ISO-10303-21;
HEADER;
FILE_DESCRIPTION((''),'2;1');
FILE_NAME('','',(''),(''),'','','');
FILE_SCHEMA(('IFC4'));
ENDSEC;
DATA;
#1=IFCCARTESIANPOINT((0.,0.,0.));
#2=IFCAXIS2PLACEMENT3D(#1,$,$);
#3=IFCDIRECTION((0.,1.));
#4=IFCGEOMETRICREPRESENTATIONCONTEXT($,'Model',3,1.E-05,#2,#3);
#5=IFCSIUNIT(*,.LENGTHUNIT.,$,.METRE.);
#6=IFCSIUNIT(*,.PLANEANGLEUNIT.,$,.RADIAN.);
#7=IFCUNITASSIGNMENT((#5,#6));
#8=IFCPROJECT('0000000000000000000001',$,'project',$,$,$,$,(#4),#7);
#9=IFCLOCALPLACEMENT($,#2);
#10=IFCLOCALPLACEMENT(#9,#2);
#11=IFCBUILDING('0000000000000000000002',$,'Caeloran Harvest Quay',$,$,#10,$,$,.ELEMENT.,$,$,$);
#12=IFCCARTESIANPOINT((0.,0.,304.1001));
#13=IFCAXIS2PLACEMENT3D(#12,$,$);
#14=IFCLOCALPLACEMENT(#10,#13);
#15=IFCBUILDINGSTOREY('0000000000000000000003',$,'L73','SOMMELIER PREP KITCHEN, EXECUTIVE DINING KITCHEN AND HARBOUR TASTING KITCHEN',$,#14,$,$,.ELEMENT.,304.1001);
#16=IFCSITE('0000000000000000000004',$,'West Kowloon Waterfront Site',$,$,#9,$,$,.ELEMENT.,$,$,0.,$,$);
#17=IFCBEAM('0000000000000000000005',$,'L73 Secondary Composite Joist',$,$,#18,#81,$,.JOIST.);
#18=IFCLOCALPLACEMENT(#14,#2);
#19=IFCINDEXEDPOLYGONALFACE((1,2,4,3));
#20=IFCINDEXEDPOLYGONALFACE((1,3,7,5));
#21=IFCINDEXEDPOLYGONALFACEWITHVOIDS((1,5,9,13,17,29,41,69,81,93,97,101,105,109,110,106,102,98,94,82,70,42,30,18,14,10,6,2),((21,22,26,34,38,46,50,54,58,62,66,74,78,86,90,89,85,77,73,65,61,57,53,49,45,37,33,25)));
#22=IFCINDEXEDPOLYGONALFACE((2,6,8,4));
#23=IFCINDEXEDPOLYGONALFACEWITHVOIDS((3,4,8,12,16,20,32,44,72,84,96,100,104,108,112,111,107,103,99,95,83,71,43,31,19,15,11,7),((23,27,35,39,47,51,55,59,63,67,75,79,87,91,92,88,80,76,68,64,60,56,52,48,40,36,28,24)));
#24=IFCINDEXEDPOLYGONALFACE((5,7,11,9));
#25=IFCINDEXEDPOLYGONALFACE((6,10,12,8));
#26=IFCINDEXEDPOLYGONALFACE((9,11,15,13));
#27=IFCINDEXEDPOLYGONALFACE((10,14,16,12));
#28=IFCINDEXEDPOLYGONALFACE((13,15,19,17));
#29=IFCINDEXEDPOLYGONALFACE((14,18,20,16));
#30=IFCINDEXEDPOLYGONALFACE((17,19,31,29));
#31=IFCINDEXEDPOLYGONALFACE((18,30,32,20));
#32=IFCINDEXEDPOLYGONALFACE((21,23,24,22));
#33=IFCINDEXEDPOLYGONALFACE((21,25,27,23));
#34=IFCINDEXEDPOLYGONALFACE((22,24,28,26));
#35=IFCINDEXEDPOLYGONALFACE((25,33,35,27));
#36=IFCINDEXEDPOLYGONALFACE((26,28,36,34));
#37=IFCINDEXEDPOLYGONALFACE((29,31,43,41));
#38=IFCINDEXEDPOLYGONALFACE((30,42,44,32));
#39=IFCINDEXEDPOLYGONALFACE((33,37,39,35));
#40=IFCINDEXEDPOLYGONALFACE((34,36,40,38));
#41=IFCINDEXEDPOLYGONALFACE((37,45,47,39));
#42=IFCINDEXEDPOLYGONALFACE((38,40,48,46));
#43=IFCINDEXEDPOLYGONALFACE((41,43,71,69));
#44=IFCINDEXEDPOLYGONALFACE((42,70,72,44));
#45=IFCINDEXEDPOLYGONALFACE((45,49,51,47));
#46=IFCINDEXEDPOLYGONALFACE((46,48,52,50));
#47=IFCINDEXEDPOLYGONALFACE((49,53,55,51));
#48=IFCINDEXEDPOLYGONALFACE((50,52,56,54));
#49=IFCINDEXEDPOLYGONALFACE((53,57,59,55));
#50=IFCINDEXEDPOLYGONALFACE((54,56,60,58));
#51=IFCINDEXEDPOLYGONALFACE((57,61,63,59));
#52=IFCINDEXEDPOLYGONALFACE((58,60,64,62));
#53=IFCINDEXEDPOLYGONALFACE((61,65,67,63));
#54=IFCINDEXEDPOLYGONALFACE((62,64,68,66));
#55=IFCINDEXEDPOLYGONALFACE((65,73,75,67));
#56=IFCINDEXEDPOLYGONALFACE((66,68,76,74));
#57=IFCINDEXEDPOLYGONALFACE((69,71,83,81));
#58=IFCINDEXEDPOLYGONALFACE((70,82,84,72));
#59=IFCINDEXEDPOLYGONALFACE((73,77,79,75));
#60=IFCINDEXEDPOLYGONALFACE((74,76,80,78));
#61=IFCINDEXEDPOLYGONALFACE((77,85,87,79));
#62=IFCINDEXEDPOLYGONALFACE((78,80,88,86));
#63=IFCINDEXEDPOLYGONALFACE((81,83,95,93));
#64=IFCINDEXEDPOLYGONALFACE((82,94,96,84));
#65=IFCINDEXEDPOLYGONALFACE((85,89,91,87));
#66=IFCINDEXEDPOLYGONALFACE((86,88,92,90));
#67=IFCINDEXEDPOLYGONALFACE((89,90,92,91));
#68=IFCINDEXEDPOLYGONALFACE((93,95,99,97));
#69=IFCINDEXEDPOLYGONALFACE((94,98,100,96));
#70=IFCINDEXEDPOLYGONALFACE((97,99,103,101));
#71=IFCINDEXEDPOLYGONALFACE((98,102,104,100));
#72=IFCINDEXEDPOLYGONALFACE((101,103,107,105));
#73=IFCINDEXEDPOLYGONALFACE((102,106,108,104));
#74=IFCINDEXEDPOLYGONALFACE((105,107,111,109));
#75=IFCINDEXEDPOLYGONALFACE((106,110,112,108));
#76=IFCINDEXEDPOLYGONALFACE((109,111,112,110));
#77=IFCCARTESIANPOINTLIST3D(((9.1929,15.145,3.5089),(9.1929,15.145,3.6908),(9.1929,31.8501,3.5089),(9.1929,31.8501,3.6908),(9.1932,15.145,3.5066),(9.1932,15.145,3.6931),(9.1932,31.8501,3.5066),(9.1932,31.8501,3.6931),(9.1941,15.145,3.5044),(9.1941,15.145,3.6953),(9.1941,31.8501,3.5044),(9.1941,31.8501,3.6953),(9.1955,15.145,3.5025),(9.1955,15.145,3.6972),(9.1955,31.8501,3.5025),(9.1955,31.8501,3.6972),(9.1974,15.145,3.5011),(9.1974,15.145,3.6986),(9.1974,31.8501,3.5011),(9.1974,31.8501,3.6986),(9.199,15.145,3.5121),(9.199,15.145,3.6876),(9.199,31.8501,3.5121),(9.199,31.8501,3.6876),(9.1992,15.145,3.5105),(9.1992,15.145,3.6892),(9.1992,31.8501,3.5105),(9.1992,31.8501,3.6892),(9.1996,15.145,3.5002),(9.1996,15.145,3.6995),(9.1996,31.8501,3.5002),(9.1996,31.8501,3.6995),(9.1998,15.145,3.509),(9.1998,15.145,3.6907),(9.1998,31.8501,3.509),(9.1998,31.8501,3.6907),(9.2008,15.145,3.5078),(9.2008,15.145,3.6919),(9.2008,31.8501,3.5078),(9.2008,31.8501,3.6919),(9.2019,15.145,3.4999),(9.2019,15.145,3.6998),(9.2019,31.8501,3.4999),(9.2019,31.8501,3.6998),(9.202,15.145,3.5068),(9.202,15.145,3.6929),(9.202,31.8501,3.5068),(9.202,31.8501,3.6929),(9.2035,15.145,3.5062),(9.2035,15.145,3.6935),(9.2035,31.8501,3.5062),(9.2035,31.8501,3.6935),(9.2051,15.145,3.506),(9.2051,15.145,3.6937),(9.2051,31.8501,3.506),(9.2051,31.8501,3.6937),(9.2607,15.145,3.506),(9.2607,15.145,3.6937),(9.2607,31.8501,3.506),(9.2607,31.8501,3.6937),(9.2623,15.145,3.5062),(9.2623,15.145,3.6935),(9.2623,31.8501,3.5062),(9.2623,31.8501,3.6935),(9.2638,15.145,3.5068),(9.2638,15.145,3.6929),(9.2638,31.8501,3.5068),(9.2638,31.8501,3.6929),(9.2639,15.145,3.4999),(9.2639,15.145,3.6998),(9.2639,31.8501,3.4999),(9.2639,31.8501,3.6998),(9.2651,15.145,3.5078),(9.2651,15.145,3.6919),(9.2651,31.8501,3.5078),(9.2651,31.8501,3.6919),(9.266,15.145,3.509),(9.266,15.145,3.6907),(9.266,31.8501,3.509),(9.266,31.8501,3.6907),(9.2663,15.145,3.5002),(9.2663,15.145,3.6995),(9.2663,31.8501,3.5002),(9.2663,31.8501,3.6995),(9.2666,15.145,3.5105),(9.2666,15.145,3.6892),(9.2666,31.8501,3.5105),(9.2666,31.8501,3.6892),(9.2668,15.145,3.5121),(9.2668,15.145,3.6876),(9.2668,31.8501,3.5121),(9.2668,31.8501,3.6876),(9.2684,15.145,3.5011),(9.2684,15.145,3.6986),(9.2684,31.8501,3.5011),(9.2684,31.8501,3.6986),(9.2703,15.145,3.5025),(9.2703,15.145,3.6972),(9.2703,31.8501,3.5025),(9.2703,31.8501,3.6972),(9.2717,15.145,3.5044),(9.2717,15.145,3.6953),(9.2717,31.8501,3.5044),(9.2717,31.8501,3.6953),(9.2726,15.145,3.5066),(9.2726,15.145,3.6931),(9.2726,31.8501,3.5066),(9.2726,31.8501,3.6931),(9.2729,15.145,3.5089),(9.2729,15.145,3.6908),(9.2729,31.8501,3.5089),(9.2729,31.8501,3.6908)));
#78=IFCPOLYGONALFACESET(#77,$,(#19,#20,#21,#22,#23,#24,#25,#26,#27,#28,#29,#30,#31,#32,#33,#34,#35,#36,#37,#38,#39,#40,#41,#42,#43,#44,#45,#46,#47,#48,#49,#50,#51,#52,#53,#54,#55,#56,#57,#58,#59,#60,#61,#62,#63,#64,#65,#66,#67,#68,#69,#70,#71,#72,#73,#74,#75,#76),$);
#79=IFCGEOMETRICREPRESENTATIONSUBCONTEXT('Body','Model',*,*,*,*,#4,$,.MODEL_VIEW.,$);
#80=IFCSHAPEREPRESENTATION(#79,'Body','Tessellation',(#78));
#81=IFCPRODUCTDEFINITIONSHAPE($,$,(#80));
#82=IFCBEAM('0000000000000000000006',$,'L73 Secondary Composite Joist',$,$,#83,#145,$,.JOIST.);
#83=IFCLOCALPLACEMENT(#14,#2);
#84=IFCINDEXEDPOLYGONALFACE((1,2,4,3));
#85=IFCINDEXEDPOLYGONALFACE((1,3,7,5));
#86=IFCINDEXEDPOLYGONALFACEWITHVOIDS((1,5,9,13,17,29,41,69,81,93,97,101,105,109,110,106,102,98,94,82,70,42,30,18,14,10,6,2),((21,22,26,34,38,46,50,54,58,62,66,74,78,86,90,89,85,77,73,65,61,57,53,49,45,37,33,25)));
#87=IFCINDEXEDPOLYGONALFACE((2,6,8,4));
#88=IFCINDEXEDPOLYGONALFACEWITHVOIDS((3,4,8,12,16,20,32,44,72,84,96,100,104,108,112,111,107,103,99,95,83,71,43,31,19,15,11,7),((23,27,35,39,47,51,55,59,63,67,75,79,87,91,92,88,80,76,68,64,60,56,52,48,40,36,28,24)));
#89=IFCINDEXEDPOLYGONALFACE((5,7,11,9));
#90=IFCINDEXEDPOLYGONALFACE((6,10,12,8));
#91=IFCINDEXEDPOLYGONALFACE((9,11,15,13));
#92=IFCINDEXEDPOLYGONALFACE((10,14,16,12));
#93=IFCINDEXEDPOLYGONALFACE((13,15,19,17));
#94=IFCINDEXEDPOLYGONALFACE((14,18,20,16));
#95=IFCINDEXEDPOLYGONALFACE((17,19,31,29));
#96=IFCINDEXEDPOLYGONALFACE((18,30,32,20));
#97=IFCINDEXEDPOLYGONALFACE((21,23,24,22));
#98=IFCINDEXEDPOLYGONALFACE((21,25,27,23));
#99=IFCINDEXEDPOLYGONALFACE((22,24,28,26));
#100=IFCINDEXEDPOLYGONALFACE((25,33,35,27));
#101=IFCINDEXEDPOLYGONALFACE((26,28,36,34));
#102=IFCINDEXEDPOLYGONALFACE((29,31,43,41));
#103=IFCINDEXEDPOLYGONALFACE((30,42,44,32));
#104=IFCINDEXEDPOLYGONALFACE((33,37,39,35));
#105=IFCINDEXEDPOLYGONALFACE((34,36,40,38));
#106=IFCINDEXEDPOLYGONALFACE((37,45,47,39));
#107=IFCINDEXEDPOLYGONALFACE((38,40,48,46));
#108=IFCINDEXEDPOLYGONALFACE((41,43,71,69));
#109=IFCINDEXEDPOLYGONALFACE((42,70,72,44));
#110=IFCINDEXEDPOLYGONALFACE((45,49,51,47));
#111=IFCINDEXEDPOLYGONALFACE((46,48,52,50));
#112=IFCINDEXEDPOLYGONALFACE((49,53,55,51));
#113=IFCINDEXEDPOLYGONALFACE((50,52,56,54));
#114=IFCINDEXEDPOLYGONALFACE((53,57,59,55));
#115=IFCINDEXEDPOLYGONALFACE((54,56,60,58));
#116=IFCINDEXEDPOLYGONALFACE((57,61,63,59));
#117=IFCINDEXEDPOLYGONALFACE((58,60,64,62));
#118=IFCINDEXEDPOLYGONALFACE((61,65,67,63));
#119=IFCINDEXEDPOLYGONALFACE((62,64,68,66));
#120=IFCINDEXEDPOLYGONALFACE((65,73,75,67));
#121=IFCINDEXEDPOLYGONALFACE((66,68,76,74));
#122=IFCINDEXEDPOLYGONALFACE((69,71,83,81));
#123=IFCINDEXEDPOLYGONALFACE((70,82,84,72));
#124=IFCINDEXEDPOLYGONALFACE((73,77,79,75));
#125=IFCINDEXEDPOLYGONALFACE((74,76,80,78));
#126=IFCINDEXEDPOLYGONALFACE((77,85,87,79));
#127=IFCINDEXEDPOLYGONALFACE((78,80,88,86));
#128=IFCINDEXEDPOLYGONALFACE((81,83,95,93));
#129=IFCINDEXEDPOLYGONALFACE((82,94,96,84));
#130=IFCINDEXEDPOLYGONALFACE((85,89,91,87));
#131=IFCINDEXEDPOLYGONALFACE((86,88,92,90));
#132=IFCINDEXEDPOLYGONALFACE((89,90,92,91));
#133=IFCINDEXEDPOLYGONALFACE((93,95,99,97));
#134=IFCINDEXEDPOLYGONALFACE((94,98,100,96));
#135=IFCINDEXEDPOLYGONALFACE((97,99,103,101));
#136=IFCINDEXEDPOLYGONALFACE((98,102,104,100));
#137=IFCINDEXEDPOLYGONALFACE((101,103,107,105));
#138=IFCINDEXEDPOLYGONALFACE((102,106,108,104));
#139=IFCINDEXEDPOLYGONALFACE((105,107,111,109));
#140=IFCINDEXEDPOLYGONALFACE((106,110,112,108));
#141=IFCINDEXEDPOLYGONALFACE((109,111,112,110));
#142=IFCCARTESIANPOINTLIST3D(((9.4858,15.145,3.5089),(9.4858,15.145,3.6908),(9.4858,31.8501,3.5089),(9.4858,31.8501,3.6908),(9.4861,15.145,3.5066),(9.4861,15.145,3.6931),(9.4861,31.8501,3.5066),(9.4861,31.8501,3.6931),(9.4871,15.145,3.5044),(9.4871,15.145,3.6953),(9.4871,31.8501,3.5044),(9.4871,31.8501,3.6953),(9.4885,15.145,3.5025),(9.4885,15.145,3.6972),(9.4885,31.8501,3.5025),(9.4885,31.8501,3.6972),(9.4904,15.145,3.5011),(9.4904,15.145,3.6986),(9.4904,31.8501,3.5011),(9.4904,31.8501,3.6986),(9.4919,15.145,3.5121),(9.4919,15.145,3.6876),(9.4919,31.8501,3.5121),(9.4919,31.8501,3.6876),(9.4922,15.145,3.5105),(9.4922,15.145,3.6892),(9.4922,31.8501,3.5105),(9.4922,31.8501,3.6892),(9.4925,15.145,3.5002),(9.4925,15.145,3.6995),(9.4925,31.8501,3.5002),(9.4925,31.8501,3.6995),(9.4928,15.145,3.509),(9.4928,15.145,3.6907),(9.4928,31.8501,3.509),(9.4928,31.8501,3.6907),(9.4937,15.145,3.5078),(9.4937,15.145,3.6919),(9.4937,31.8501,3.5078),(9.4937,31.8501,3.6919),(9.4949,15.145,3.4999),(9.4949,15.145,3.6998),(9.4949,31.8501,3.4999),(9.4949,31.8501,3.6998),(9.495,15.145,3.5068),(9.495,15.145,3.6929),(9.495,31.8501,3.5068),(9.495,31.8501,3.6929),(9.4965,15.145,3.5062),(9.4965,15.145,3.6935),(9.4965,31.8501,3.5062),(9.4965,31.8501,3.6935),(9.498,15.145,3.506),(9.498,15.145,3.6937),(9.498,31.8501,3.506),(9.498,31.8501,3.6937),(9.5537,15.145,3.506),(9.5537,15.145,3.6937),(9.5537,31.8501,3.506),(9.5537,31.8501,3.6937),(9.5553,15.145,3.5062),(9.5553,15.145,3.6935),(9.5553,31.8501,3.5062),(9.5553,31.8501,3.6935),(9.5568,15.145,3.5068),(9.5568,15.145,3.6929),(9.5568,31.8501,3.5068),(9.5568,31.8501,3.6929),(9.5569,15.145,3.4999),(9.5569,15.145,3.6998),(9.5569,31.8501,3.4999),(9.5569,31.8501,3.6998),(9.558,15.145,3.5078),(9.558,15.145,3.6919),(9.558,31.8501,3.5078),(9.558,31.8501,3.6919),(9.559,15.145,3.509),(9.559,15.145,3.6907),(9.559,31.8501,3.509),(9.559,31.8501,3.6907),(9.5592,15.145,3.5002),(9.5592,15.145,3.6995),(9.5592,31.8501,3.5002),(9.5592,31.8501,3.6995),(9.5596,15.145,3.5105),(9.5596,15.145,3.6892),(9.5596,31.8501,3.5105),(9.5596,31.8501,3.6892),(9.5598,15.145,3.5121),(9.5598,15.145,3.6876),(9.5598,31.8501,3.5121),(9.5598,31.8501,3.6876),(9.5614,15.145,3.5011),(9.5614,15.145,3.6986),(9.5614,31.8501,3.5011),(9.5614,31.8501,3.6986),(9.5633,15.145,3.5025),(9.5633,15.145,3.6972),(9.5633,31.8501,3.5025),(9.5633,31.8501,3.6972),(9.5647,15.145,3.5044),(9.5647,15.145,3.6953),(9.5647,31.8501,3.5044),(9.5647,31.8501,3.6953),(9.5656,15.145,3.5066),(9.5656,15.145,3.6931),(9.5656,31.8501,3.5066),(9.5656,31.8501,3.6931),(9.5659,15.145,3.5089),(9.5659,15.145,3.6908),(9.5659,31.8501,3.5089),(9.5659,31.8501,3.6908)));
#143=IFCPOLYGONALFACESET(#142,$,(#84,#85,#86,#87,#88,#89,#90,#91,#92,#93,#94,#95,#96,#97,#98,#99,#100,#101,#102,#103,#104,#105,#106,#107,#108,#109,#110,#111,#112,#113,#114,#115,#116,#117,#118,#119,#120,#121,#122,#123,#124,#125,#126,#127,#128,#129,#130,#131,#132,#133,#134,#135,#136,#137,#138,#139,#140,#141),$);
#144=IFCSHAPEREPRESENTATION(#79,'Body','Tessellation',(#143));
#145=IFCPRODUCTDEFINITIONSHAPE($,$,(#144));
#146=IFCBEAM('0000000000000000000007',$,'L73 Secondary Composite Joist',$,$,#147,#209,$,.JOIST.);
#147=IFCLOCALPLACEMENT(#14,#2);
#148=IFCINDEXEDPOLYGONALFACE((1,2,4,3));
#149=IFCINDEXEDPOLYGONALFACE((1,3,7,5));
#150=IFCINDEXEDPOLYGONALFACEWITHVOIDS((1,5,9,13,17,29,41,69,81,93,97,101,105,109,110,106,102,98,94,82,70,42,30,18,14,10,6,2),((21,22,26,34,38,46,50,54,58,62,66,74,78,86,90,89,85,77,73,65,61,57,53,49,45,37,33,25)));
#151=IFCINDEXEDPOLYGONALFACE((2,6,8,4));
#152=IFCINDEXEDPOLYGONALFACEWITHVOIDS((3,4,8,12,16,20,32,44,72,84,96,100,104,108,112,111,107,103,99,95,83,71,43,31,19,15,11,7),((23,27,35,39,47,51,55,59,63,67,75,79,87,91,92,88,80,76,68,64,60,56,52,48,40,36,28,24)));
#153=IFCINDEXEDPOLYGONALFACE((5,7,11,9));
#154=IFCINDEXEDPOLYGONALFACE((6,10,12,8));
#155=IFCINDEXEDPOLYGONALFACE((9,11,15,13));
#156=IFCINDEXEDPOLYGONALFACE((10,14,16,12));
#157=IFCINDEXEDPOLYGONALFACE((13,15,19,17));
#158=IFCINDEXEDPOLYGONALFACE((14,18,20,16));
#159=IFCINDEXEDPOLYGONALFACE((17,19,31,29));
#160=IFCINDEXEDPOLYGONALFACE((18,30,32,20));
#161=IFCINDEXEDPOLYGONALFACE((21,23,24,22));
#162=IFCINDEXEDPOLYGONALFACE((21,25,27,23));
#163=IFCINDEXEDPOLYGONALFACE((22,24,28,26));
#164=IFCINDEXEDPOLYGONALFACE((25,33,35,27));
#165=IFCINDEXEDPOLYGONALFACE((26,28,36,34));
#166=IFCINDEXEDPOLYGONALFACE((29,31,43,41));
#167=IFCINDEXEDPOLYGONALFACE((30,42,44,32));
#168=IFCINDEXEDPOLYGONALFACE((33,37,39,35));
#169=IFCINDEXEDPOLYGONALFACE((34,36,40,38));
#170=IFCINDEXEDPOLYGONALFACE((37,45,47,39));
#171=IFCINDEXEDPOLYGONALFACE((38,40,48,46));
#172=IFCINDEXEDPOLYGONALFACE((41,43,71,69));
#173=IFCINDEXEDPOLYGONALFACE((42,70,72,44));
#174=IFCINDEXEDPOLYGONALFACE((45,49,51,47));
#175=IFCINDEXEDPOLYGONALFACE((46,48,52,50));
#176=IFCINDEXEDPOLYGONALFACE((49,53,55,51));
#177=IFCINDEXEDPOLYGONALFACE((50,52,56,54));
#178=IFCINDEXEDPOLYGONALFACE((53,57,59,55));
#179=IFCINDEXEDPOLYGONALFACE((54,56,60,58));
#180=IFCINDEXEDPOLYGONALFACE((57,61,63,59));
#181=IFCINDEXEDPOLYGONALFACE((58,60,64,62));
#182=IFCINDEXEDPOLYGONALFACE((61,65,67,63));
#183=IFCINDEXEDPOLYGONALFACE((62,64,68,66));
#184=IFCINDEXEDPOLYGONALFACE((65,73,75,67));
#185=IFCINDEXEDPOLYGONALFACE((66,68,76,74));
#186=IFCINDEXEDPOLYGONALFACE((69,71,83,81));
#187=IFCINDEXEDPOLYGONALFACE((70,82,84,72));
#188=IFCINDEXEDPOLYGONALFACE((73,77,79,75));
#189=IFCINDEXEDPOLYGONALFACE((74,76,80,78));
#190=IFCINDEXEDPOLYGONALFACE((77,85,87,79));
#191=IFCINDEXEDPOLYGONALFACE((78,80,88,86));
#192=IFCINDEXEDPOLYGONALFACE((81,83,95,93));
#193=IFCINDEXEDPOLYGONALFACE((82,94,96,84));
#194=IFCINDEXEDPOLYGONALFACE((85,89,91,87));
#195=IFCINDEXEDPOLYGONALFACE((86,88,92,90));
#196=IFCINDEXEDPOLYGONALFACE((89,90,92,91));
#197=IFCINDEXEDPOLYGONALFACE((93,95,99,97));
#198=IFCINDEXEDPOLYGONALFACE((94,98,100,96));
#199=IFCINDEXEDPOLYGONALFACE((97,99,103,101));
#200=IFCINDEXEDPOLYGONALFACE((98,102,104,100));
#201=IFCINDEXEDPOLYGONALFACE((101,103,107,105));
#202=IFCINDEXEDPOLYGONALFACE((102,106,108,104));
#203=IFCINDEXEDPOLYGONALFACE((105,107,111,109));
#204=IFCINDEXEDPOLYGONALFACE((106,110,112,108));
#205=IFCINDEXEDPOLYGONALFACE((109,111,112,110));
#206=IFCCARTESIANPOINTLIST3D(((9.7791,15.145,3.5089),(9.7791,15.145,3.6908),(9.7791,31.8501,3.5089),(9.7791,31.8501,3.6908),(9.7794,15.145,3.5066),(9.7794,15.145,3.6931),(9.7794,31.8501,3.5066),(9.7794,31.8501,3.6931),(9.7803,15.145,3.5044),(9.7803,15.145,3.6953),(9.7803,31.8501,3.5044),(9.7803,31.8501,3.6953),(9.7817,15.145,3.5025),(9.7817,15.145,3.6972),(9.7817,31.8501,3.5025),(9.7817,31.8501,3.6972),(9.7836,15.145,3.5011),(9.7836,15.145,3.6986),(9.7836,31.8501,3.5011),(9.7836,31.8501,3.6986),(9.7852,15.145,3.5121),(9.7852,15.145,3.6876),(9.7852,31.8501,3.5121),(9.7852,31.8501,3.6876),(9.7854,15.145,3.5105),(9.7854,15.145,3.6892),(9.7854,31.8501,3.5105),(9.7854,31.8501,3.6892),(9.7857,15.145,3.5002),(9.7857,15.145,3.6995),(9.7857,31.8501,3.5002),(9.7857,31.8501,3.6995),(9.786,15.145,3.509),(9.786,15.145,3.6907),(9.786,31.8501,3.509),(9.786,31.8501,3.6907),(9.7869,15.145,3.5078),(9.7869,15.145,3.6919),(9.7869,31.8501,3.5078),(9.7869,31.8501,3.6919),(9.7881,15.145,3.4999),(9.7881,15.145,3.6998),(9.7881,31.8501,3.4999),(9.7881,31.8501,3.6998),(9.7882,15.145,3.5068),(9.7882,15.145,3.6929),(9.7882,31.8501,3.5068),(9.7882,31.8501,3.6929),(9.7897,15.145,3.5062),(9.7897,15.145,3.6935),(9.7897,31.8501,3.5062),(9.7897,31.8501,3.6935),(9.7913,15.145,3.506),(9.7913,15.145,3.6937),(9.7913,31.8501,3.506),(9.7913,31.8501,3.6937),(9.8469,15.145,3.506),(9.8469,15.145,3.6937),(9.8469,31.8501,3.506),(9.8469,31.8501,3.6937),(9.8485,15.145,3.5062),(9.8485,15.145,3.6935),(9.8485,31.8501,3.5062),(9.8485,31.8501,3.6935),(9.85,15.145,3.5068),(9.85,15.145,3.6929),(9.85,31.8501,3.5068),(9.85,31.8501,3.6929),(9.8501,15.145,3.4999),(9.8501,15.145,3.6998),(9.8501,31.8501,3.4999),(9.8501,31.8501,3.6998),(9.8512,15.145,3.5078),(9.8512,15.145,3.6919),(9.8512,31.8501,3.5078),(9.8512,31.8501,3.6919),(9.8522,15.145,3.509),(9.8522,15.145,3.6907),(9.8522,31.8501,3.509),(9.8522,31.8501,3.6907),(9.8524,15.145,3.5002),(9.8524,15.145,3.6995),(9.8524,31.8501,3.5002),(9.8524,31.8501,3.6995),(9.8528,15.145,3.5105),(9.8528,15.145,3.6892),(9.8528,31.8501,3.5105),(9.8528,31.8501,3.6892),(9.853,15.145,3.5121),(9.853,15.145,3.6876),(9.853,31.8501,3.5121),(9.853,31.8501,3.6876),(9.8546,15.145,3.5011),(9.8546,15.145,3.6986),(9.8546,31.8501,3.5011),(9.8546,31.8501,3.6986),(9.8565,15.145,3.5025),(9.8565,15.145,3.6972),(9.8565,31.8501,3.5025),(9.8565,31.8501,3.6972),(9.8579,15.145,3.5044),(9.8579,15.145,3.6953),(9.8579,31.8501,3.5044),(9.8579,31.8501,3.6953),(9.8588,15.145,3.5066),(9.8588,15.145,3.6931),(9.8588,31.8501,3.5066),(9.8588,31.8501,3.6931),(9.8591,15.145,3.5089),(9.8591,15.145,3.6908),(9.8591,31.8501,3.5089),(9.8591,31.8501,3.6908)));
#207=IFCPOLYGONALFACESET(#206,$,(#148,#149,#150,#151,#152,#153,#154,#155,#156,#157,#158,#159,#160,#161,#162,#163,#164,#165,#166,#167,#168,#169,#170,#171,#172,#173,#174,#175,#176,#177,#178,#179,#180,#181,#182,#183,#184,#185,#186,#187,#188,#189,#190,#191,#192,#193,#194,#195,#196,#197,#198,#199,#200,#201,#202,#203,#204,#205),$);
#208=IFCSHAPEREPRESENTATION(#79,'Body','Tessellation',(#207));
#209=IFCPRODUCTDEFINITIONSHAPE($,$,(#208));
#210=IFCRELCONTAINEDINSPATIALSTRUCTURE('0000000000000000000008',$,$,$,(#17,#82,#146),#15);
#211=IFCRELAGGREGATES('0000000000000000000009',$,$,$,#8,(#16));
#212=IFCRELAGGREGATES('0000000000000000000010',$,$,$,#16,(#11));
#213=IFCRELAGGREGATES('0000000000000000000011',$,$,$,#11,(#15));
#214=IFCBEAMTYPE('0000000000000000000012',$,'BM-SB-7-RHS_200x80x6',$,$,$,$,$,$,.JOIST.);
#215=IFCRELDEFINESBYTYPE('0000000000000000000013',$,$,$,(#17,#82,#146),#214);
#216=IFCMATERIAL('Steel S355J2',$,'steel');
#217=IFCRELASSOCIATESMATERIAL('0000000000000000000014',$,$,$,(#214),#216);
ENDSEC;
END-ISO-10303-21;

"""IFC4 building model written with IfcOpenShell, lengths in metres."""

from ifc_helpers import new_model, si_unit, direction, frame, origin, origin_2d, place, context, subcontext, project, spatial, hollow_rectangle, extrude, material, material_profile, profile_set, type_object, element, save


model = new_model("IFC4")

# Units and contexts
model_context = context("Model", 3, precision=1e-05, world=origin(), true_north=direction((0.0, 1.0)))
body_context = subcontext(model_context, "Body", "Model", "MODEL_VIEW")
ifc_project = project(units=[si_unit("LENGTHUNIT", "METRE"), si_unit("PLANEANGLEUNIT", "RADIAN")], contexts=[model_context])

# Site, building, storey
site_placement = place(None, origin())
site = spatial("IfcSite", under=ifc_project, at=site_placement, Name="West Kowloon Waterfront Site", CompositionType="ELEMENT", RefElevation=0.0)
building_placement = place(site_placement, origin())
building = spatial("IfcBuilding", under=site, at=building_placement, Name="Caeloran Harvest Quay", CompositionType="ELEMENT")
storey_placement = place(building_placement, frame((0.0, 0.0, 304.1001)))
storey = spatial("IfcBuildingStorey", under=building, at=storey_placement, Name="L73", Description="SOMMELIER PREP KITCHEN, EXECUTIVE DINING KITCHEN AND HARBOUR TASTING KITCHEN", CompositionType="ELEMENT", Elevation=304.1001)

# Beams
ifc_material_1 = material(Name="Steel S355J2", Category="steel")
ifc_material_profile_1 = material_profile(ifc_material_1, hollow_rectangle(XDim=0.0801, YDim=0.2, WallThickness=0.0061, InnerFilletRadius=0.0061, OuterFilletRadius=0.009, at=origin_2d()), Name="RHS 200x80x6")
ifc_profile_set_1 = profile_set([ifc_material_profile_1], Name="Steel S355J2")
beam_type_1 = type_object("IfcBeamType", Name="BM-SB-7-RHS_200x80x6", PredefinedType="JOIST", material=ifc_profile_set_1)
for number, where, z_axis, x_axis, name in (
    (1, (9.2329, 15.145, 3.5999), (0.0, 1.0, 0.0), (-1.0, 0.0, 0.0), "L73 Secondary Composite Joist"),
    (2, (9.5259, 15.145, 3.5999), (0.0, 1.0, 0.0), (-1.0, 0.0, 0.0), "L73 Secondary Composite Joist"),
    (3, (9.8191, 15.145, 3.5999), (0.0, 1.0, 0.0), (-1.0, 0.0, 0.0), "L73 Secondary Composite Joist"),
):
    element("IfcBeam", number, at=place(storey_placement, frame(where, z_axis=z_axis, x_axis=x_axis)), inside=storey, type_object=beam_type_1, Name=name, PredefinedType="JOIST", context=body_context, shape_type="SweptSolid", body=[
        extrude(hollow_rectangle(XDim=0.0801, YDim=0.2, WallThickness=0.0061, InnerFilletRadius=0.0061, OuterFilletRadius=0.009, at=origin_2d()), origin(), (0.0, 0.0, 1.0), 16.7051),
    ])

save(model, "model.ifc")
